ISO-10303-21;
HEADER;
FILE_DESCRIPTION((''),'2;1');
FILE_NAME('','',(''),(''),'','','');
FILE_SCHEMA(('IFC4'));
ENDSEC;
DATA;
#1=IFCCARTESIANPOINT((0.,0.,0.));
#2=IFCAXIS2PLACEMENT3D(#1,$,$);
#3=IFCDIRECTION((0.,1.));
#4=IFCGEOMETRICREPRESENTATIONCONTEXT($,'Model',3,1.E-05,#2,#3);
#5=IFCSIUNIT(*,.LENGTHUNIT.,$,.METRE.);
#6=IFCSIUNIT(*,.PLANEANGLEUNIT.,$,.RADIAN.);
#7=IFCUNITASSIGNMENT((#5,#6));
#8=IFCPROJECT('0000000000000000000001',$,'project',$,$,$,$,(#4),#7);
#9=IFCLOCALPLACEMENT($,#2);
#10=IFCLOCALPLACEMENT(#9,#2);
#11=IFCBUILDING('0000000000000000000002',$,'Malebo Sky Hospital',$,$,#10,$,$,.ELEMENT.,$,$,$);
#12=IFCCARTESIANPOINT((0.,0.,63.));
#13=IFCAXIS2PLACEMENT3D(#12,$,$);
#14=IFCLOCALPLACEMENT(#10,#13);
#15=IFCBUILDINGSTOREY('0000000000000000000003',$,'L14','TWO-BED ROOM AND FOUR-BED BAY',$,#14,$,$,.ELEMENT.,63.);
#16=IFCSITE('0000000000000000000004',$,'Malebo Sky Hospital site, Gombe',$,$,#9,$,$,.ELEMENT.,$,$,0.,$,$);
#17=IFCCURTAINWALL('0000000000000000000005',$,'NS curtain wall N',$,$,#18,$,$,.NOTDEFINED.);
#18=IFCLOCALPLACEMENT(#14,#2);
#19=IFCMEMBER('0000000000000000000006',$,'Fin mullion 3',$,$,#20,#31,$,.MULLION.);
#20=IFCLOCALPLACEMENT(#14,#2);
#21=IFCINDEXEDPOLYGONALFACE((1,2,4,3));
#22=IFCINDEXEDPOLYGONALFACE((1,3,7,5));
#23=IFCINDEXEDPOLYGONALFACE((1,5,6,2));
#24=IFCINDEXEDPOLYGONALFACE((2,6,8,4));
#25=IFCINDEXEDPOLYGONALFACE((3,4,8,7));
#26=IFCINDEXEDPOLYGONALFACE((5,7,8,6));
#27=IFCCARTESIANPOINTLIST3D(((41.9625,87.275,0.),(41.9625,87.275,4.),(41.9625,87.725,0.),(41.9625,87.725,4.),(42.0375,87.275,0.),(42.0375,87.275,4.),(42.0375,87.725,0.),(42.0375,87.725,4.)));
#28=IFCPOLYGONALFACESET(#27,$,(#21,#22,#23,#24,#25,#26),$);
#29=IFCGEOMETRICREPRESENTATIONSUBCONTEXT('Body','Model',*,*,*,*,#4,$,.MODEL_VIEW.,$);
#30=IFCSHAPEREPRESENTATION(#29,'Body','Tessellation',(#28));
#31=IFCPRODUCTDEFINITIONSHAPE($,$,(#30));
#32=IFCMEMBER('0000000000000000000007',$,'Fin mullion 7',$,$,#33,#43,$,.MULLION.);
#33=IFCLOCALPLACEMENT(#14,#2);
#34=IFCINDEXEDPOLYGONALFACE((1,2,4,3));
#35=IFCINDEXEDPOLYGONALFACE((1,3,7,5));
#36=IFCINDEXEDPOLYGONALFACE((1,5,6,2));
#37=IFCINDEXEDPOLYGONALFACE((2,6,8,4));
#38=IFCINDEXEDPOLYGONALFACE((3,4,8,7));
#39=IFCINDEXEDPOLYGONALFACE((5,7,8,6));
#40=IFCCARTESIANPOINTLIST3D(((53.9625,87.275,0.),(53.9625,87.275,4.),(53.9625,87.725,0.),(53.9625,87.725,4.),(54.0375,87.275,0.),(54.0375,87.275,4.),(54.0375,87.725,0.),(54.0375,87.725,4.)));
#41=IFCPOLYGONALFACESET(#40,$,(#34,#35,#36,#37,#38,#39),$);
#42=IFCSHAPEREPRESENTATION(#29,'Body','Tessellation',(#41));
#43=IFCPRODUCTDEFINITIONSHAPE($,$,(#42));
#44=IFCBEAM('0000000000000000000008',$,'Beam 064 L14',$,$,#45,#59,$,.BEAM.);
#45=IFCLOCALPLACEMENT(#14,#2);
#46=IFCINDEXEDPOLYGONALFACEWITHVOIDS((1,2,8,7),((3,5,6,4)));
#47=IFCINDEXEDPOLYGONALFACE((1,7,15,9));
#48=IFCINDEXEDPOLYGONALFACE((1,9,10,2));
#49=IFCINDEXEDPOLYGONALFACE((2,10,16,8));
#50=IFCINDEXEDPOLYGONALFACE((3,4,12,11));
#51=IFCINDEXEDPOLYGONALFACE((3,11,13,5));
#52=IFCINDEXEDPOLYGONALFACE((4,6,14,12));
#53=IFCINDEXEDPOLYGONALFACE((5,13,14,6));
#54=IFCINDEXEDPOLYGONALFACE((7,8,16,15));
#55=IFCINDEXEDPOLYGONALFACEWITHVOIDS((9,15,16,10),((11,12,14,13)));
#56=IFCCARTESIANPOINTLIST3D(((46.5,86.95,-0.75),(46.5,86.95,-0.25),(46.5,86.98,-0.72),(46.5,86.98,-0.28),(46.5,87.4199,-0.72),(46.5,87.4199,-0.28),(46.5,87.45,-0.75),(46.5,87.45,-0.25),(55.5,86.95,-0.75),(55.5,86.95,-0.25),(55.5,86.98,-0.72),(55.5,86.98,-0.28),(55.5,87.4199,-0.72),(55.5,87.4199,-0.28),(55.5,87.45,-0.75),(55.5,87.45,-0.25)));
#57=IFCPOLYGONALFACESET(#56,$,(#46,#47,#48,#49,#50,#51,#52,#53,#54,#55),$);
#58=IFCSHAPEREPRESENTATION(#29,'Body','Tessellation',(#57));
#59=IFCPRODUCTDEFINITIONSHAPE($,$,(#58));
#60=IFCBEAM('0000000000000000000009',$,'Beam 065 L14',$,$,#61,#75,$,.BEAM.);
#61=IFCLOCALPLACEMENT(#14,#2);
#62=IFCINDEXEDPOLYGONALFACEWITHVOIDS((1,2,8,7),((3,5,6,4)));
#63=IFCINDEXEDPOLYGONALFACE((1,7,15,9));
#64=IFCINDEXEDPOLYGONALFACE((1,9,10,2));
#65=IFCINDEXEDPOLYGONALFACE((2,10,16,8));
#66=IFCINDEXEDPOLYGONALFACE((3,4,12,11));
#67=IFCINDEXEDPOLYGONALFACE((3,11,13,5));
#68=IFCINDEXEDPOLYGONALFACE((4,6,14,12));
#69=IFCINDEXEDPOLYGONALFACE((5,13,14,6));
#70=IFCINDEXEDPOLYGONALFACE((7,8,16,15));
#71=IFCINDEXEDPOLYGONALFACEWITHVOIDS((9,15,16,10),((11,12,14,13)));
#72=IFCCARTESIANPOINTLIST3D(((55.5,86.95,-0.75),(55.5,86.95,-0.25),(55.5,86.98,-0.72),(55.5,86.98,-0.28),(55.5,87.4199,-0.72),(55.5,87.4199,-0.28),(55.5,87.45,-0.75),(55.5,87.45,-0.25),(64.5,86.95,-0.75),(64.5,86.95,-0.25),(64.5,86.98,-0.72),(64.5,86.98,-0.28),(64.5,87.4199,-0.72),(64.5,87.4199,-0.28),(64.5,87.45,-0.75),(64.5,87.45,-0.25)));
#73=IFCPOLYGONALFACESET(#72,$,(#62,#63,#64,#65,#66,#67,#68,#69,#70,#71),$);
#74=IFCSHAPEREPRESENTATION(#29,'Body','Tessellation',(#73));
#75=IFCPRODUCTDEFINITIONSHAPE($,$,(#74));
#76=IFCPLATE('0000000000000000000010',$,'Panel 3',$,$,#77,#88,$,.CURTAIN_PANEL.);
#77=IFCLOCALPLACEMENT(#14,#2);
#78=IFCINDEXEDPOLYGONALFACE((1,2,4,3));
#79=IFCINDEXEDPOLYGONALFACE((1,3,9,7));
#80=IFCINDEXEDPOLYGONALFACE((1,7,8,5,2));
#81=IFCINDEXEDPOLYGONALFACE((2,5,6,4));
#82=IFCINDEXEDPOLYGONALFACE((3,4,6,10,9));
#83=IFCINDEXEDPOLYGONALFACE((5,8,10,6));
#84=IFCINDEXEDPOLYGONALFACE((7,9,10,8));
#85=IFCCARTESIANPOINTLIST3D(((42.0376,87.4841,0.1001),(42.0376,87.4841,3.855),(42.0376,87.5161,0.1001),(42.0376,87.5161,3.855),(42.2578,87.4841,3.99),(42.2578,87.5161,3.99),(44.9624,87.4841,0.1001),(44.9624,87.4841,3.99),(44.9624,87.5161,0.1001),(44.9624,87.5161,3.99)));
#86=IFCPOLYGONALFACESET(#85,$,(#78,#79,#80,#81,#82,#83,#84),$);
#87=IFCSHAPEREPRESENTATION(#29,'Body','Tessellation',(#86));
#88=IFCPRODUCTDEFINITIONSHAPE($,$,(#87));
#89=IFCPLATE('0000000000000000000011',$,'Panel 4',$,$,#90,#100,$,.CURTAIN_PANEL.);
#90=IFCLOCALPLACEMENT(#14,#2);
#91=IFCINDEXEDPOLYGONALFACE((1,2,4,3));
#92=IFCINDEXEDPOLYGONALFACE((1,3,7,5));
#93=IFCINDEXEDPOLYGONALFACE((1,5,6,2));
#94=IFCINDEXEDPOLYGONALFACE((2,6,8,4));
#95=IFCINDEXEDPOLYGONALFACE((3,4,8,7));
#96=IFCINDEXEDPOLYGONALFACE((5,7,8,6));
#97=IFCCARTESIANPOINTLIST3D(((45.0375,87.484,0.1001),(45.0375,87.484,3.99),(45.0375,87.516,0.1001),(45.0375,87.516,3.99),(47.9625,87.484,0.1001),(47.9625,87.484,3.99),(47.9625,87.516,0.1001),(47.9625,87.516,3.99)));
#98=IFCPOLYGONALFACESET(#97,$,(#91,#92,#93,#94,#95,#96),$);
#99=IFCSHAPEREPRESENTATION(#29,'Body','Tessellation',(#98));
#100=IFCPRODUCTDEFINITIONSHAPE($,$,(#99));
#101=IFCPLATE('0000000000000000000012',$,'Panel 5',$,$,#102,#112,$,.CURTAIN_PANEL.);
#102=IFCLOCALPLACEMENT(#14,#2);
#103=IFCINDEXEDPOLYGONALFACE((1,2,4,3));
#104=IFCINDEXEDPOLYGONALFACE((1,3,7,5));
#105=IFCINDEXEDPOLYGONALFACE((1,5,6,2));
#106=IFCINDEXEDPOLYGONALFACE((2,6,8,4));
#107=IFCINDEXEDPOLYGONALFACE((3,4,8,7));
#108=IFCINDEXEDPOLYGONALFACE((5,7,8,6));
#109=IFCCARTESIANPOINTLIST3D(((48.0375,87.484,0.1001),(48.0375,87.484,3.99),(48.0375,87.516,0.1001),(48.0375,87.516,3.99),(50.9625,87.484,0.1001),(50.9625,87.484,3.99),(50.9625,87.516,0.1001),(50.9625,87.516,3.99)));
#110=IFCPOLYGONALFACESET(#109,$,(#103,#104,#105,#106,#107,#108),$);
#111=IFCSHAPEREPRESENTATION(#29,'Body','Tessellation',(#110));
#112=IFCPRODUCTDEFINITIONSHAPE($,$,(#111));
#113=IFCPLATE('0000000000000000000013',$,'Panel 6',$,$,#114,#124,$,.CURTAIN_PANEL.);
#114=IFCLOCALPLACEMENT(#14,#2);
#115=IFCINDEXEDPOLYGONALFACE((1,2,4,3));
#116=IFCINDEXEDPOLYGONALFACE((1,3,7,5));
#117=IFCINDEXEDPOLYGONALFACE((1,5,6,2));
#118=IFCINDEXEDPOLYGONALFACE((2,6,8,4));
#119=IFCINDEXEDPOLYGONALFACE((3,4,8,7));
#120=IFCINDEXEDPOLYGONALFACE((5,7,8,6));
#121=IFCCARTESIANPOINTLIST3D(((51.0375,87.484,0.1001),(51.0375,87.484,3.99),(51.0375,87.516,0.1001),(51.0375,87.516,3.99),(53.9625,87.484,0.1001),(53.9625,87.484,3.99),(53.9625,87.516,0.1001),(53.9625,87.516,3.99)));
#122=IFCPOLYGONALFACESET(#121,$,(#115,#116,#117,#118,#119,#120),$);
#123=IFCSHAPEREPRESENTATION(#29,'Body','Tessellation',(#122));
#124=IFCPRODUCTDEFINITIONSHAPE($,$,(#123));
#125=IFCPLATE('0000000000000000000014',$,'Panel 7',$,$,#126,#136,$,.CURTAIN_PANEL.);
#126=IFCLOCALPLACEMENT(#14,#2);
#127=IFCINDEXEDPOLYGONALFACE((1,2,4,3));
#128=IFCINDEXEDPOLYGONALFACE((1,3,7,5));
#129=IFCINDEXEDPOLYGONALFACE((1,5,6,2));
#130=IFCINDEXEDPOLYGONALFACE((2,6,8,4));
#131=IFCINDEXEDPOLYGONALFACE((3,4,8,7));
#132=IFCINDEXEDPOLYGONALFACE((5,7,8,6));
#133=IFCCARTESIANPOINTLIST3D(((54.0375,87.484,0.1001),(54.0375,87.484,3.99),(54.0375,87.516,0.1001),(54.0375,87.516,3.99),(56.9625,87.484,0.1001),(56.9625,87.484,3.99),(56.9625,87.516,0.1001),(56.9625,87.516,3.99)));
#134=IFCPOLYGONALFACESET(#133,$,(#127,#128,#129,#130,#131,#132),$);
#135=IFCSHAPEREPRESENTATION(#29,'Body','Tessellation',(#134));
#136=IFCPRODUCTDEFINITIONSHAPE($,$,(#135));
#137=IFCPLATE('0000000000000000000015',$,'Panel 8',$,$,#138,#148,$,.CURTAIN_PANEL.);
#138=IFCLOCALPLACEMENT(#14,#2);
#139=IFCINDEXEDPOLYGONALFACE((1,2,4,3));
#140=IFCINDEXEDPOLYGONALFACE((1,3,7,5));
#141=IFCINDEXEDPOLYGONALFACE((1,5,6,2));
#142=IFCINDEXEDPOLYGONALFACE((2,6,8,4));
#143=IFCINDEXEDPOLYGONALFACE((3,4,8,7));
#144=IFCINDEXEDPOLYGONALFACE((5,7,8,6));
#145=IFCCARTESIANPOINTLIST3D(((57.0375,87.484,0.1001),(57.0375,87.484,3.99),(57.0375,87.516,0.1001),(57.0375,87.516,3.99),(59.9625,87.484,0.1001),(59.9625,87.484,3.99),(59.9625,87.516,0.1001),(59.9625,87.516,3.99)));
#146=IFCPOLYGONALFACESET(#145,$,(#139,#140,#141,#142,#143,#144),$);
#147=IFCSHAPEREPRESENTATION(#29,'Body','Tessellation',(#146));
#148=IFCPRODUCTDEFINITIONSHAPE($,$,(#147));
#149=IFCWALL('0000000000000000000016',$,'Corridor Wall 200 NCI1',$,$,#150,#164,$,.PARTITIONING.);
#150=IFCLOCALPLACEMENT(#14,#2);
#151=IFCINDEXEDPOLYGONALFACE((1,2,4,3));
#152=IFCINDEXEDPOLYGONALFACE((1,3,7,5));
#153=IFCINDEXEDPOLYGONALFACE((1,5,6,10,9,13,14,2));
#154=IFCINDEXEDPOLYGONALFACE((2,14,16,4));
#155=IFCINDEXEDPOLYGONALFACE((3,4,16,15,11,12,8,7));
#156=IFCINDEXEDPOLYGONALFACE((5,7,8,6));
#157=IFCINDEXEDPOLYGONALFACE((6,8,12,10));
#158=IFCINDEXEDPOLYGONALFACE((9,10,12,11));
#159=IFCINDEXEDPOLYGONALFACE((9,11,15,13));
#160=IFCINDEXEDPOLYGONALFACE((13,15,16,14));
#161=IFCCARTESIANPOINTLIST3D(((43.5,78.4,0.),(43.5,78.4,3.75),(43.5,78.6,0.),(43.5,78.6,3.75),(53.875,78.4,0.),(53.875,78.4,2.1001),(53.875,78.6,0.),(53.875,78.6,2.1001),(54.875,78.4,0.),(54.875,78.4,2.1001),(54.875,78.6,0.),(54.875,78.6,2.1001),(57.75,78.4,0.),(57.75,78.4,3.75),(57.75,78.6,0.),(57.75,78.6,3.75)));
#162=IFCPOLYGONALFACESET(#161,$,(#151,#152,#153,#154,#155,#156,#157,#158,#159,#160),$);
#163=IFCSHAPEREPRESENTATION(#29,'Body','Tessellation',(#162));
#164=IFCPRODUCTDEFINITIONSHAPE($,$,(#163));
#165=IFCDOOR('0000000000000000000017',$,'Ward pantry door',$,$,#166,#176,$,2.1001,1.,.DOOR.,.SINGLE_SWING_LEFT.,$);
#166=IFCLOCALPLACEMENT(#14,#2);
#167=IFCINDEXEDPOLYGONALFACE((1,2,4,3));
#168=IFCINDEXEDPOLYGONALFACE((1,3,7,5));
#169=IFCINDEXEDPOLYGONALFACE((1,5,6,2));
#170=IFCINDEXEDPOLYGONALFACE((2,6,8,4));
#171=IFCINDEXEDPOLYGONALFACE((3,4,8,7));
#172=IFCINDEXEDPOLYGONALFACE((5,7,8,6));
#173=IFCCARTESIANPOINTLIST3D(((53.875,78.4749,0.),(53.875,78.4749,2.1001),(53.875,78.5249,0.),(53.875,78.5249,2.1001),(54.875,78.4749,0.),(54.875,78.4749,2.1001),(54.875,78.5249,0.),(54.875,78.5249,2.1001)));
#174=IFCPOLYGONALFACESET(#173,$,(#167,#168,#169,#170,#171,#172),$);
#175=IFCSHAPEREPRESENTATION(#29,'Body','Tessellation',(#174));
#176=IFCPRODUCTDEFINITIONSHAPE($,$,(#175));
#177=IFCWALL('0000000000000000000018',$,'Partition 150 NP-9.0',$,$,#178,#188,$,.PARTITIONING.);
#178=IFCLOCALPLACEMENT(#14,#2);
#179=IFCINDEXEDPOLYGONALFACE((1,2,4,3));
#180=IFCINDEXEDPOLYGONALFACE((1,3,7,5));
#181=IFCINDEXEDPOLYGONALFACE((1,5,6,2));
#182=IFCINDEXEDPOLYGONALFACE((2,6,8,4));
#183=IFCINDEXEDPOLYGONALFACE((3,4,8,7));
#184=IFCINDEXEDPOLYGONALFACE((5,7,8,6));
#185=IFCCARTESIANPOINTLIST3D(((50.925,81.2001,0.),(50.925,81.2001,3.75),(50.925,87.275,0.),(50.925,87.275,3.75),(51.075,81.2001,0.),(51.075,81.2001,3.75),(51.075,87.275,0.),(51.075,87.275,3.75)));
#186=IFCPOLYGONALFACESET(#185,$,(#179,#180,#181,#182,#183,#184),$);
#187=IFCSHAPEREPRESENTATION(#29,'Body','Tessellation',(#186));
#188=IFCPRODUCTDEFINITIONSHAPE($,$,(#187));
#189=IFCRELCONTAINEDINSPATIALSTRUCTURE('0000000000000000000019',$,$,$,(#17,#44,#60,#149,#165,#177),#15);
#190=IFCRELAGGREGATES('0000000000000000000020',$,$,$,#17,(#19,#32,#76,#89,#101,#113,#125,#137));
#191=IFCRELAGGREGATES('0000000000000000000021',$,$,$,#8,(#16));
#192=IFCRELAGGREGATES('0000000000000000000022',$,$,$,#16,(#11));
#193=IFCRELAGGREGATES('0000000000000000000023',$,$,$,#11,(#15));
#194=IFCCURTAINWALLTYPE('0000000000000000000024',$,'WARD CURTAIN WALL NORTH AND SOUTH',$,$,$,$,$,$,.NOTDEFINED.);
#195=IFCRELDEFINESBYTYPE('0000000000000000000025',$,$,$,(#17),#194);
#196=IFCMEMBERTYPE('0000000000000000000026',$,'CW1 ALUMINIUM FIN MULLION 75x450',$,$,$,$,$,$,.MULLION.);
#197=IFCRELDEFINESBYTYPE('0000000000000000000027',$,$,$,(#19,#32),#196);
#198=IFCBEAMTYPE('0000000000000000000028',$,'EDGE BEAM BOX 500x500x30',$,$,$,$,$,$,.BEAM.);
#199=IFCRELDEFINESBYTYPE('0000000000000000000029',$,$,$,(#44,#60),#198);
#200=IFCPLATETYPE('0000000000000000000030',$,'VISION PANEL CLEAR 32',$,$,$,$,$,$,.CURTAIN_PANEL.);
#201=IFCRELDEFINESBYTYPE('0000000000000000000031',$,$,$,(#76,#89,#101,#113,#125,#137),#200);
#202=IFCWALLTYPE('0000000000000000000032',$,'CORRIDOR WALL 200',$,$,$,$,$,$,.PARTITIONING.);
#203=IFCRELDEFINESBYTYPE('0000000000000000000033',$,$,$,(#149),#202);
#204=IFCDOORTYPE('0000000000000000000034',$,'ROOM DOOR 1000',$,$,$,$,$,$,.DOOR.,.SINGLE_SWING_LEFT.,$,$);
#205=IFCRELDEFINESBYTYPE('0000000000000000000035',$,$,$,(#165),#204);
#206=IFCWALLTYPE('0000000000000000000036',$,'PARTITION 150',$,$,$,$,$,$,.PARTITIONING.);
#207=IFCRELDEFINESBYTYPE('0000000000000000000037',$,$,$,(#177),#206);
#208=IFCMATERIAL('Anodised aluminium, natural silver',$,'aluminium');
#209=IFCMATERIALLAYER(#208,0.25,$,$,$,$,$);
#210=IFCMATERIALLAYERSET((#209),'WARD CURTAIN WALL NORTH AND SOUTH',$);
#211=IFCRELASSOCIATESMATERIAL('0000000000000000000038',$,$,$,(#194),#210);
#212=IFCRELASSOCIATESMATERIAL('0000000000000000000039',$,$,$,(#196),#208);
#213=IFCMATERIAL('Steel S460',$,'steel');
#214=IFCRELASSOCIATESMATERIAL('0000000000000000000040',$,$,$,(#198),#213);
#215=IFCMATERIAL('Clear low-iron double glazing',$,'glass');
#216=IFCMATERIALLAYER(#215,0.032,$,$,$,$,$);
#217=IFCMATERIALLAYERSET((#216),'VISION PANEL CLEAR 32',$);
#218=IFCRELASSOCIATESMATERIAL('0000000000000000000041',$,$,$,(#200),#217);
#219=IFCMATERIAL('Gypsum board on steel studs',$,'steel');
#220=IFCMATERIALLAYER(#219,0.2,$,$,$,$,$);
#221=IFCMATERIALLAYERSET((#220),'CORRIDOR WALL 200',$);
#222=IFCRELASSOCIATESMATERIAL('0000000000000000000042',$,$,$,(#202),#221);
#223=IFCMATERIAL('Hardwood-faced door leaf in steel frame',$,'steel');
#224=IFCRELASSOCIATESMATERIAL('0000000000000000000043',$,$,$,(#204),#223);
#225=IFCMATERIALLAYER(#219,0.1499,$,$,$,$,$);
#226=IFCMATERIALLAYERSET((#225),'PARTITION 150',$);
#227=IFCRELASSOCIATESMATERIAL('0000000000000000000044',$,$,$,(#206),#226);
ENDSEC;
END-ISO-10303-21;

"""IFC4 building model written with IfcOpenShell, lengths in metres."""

from ifc_helpers import new_model, si_unit, direction, frame, frame_2d, origin, origin_2d, place, context, subcontext, project, spatial, polyline, rectangle, hollow_rectangle, outline, extrude, material, layer, layer_set, material_profile, profile_set, type_object, element, fill, aggregate, save


model = new_model("IFC4")

# Units and contexts
model_context = context("Model", 3, precision=1e-05, world=origin(), true_north=direction((0.0, 1.0)))
body_context = subcontext(model_context, "Body", "Model", "MODEL_VIEW")
ifc_project = project(units=[si_unit("LENGTHUNIT", "METRE"), si_unit("PLANEANGLEUNIT", "RADIAN")], contexts=[model_context])

# Site, building, storey
site_placement = place(None, origin())
site = spatial("IfcSite", under=ifc_project, at=site_placement, Name="Malebo Sky Hospital site, Gombe", CompositionType="ELEMENT", RefElevation=0.0)
building_placement = place(site_placement, origin())
building = spatial("IfcBuilding", under=site, at=building_placement, Name="Malebo Sky Hospital", CompositionType="ELEMENT")
storey_placement = place(building_placement, frame((0.0, 0.0, 63.0)))
storey = spatial("IfcBuildingStorey", under=building, at=storey_placement, Name="L14", Description="TWO-BED ROOM AND FOUR-BED BAY", CompositionType="ELEMENT", Elevation=63.0)

# Shared definitions
ifc_material_1 = material(Name="Steel S460", Category="steel")

# Curtain wall, members
ifc_material_2 = material(Name="Anodised aluminium, natural silver", Category="aluminium")
ifc_layer_1 = layer(ifc_material_2, 0.25)
ifc_layer_set_1 = layer_set([ifc_layer_1], Name="WARD CURTAIN WALL NORTH AND SOUTH")
curtain_wall_type = type_object("IfcCurtainWallType", Name="WARD CURTAIN WALL NORTH AND SOUTH", PredefinedType="NOTDEFINED", material=ifc_layer_set_1)
curtain_wall_placement = place(storey_placement, origin())
curtain_wall = element("IfcCurtainWall", 1, at=curtain_wall_placement, inside=storey, type_object=curtain_wall_type, Name="NS curtain wall N", PredefinedType="NOTDEFINED")
ifc_material_profile_1 = material_profile(ifc_material_2, rectangle(XDim=0.075, YDim=0.45, at=origin_2d()), Name="CW1 ALUMINIUM FIN MULLION 75x450")
ifc_profile_set_1 = profile_set([ifc_material_profile_1], Name="Anodised aluminium, natural silver")
member_type_1 = type_object("IfcMemberType", Name="CW1 ALUMINIUM FIN MULLION 75x450", PredefinedType="MULLION", material=ifc_profile_set_1)
member_1_placement = place(storey_placement, frame((42.0, 87.5, 0.0), z_axis=(0.0, 0.0, 1.0), x_axis=(1.0, 0.0, 0.0)))
member_1 = element("IfcMember", 2, at=member_1_placement, type_object=member_type_1, Name="Fin mullion 3", PredefinedType="MULLION", context=body_context, shape_type="SweptSolid", body=[
    extrude(rectangle(XDim=0.075, YDim=0.45, at=origin_2d()), origin(), (0.0, 0.0, 1.0), 4.0),
])
member_2_placement = place(storey_placement, frame((54.0, 87.5, 0.0), z_axis=(0.0, 0.0, 1.0), x_axis=(1.0, 0.0, 0.0)))
member_2 = element("IfcMember", 3, at=member_2_placement, type_object=member_type_1, Name="Fin mullion 7", PredefinedType="MULLION", context=body_context, shape_type="SweptSolid", body=[
    extrude(rectangle(XDim=0.075, YDim=0.45, at=origin_2d()), origin(), (0.0, 0.0, 1.0), 4.0),
])

# Beams
ifc_material_profile_2 = material_profile(ifc_material_1, hollow_rectangle(XDim=0.5, YDim=0.5, WallThickness=0.03, at=origin_2d()), Name="BOX 500x500x30")
ifc_profile_set_2 = profile_set([ifc_material_profile_2], Name="Steel S460")
beam_type = type_object("IfcBeamType", Name="EDGE BEAM BOX 500x500x30", PredefinedType="BEAM", material=ifc_profile_set_2)
for number, where, z_axis, x_axis, name in (
    (4, (46.5, 87.2, -0.5), (1.0, 0.0, 0.0), (0.0, 1.0, 0.0), "Beam 064 L14"),
    (5, (55.5, 87.2, -0.5), (1.0, 0.0, 0.0), (0.0, 1.0, 0.0), "Beam 065 L14"),
):
    element("IfcBeam", number, at=place(storey_placement, frame(where, z_axis=z_axis, x_axis=x_axis)), inside=storey, type_object=beam_type, Name=name, PredefinedType="BEAM", context=body_context, shape_type="SweptSolid", body=[
        extrude(hollow_rectangle(XDim=0.5, YDim=0.5, WallThickness=0.03, at=origin_2d()), origin(), (0.0, 0.0, 1.0), 9.0),
    ])

# Plates
ifc_material_3 = material(Name="Clear low-iron double glazing", Category="glass")
ifc_layer_2 = layer(ifc_material_3, 0.032)
ifc_layer_set_2 = layer_set([ifc_layer_2], Name="VISION PANEL CLEAR 32")
plate_type = type_object("IfcPlateType", Name="VISION PANEL CLEAR 32", PredefinedType="CURTAIN_PANEL", material=ifc_layer_set_2)
plate_1_placement = place(storey_placement, frame((43.5, 87.5, 0.1001), z_axis=(0.0, 0.0, 1.0), x_axis=(1.0, 0.0, 0.0)))
plate_1 = element("IfcPlate", 6, at=plate_1_placement, type_object=plate_type, Name="Panel 3", PredefinedType="CURTAIN_PANEL", context=body_context, shape_type="SweptSolid", body=[
    extrude(outline(polyline([(-1.4624, 0.0), (1.4624, 0.0), (1.4624, 3.8899), (-1.2422, 3.8899), (-1.4624, 3.7549), (-1.4624, 0.0)])), frame((0.0, 0.0161, 0.0), z_axis=(0.0, -1.0, 0.0), x_axis=(1.0, 0.0, 0.0)), (0.0, 0.0, 1.0), 0.032),
])
plate_2_placement = place(storey_placement, frame((46.5, 87.5, 0.1001), z_axis=(0.0, 0.0, 1.0), x_axis=(1.0, 0.0, 0.0)))
plate_2 = element("IfcPlate", 7, at=plate_2_placement, type_object=plate_type, Name="Panel 4", PredefinedType="CURTAIN_PANEL", context=body_context, shape_type="SweptSolid", body=[
    extrude(rectangle(XDim=2.925, YDim=0.032, at=origin_2d()), origin(), (0.0, 0.0, 1.0), 3.8899),
])
plate_3_placement = place(storey_placement, frame((49.5, 87.5, 0.1001), z_axis=(0.0, 0.0, 1.0), x_axis=(1.0, 0.0, 0.0)))
plate_3 = element("IfcPlate", 8, at=plate_3_placement, type_object=plate_type, Name="Panel 5", PredefinedType="CURTAIN_PANEL", context=body_context, shape_type="SweptSolid", body=[
    extrude(rectangle(XDim=2.925, YDim=0.032, at=origin_2d()), origin(), (0.0, 0.0, 1.0), 3.8899),
])
plate_4_placement = place(storey_placement, frame((52.5, 87.5, 0.1001), z_axis=(0.0, 0.0, 1.0), x_axis=(1.0, 0.0, 0.0)))
plate_4 = element("IfcPlate", 9, at=plate_4_placement, type_object=plate_type, Name="Panel 6", PredefinedType="CURTAIN_PANEL", context=body_context, shape_type="SweptSolid", body=[
    extrude(rectangle(XDim=2.925, YDim=0.032, at=origin_2d()), origin(), (0.0, 0.0, 1.0), 3.8899),
])
plate_5_placement = place(storey_placement, frame((55.5, 87.5, 0.1001), z_axis=(0.0, 0.0, 1.0), x_axis=(1.0, 0.0, 0.0)))
plate_5 = element("IfcPlate", 10, at=plate_5_placement, type_object=plate_type, Name="Panel 7", PredefinedType="CURTAIN_PANEL", context=body_context, shape_type="SweptSolid", body=[
    extrude(rectangle(XDim=2.925, YDim=0.032, at=origin_2d()), origin(), (0.0, 0.0, 1.0), 3.8899),
])
plate_6_placement = place(storey_placement, frame((58.5, 87.5, 0.1001), z_axis=(0.0, 0.0, 1.0), x_axis=(1.0, 0.0, 0.0)))
plate_6 = element("IfcPlate", 11, at=plate_6_placement, type_object=plate_type, Name="Panel 8", PredefinedType="CURTAIN_PANEL", context=body_context, shape_type="SweptSolid", body=[
    extrude(rectangle(XDim=2.925, YDim=0.032, at=origin_2d()), origin(), (0.0, 0.0, 1.0), 3.8899),
])
aggregate(curtain_wall, [member_1, member_2, plate_1, plate_2, plate_3, plate_4, plate_5, plate_6])

# Wall, opening, door
ifc_material_4 = material(Name="Gypsum board on steel studs", Category="steel")
ifc_layer_3 = layer(ifc_material_4, 0.2)
ifc_layer_set_3 = layer_set([ifc_layer_3], Name="CORRIDOR WALL 200")
wall_type_1 = type_object("IfcWallType", Name="CORRIDOR WALL 200", PredefinedType="PARTITIONING", material=ifc_layer_set_3)
wall_1_placement = place(storey_placement, frame((43.5, 78.5, 0.0), z_axis=(0.0, 0.0, 1.0), x_axis=(1.0, 0.0, 0.0)))
wall_1 = element("IfcWall", 12, at=wall_1_placement, inside=storey, type_object=wall_type_1, Name="Corridor Wall 200 NCI1", PredefinedType="PARTITIONING", context=body_context, shape_type="SweptSolid", body=[
    extrude(rectangle(XDim=14.25, YDim=0.2, at=frame_2d((7.125, 0.0))), origin(), (0.0, 0.0, 1.0), 3.75),
])
opening_1_placement = place(wall_1_placement, frame((10.375, 0.0, 0.0)))
opening_1 = element("IfcOpeningElement", 13, at=opening_1_placement, cuts=wall_1, PredefinedType="OPENING", context=body_context, shape_type="SweptSolid", body=[
    extrude(rectangle(XDim=1.0, YDim=2.1001, at=frame_2d((0.5, 1.05))), frame((0.0, 0.1099, 0.0), z_axis=(0.0, -1.0, 0.0), x_axis=(1.0, 0.0, 0.0)), (0.0, 0.0, 1.0), 0.22),
])
ifc_material_5 = material(Name="Hardwood-faced door leaf in steel frame", Category="steel")
door_type_1 = type_object("IfcDoorType", Name="ROOM DOOR 1000", OperationType="SINGLE_SWING_LEFT", PredefinedType="DOOR", material=ifc_material_5)
door_1_placement = place(opening_1_placement, origin())
door_1 = element("IfcDoor", 14, at=door_1_placement, inside=storey, type_object=door_type_1, Name="Ward pantry door", OperationType="SINGLE_SWING_LEFT", OverallHeight=2.1001, OverallWidth=1.0, PredefinedType="DOOR", context=body_context, shape_type="SweptSolid", body=[
    extrude(rectangle(XDim=1.0, YDim=2.1001, at=frame_2d((0.5, 1.05))), frame((0.0, 0.0249, 0.0), z_axis=(0.0, -1.0, 0.0), x_axis=(1.0, 0.0, 0.0)), (0.0, 0.0, 1.0), 0.05),
])
fill(opening_1, door_1)

# Wall
ifc_layer_4 = layer(ifc_material_4, 0.1499)
ifc_layer_set_4 = layer_set([ifc_layer_4], Name="PARTITION 150")
wall_type_2 = type_object("IfcWallType", Name="PARTITION 150", PredefinedType="PARTITIONING", material=ifc_layer_set_4)
wall_2_placement = place(storey_placement, frame((51.0, 81.2, 0.0), z_axis=(0.0, 0.0, 1.0), x_axis=(0.0, 1.0, 0.0)))
element("IfcWall", 15, at=wall_2_placement, inside=storey, type_object=wall_type_2, Name="Partition 150 NP-9.0", PredefinedType="PARTITIONING", context=body_context, shape_type="SweptSolid", body=[
    extrude(rectangle(XDim=6.075, YDim=0.1499, at=frame_2d((3.0376, 0.0))), origin(), (0.0, 0.0, 1.0), 3.75),
])

save(model, "model.ifc")
